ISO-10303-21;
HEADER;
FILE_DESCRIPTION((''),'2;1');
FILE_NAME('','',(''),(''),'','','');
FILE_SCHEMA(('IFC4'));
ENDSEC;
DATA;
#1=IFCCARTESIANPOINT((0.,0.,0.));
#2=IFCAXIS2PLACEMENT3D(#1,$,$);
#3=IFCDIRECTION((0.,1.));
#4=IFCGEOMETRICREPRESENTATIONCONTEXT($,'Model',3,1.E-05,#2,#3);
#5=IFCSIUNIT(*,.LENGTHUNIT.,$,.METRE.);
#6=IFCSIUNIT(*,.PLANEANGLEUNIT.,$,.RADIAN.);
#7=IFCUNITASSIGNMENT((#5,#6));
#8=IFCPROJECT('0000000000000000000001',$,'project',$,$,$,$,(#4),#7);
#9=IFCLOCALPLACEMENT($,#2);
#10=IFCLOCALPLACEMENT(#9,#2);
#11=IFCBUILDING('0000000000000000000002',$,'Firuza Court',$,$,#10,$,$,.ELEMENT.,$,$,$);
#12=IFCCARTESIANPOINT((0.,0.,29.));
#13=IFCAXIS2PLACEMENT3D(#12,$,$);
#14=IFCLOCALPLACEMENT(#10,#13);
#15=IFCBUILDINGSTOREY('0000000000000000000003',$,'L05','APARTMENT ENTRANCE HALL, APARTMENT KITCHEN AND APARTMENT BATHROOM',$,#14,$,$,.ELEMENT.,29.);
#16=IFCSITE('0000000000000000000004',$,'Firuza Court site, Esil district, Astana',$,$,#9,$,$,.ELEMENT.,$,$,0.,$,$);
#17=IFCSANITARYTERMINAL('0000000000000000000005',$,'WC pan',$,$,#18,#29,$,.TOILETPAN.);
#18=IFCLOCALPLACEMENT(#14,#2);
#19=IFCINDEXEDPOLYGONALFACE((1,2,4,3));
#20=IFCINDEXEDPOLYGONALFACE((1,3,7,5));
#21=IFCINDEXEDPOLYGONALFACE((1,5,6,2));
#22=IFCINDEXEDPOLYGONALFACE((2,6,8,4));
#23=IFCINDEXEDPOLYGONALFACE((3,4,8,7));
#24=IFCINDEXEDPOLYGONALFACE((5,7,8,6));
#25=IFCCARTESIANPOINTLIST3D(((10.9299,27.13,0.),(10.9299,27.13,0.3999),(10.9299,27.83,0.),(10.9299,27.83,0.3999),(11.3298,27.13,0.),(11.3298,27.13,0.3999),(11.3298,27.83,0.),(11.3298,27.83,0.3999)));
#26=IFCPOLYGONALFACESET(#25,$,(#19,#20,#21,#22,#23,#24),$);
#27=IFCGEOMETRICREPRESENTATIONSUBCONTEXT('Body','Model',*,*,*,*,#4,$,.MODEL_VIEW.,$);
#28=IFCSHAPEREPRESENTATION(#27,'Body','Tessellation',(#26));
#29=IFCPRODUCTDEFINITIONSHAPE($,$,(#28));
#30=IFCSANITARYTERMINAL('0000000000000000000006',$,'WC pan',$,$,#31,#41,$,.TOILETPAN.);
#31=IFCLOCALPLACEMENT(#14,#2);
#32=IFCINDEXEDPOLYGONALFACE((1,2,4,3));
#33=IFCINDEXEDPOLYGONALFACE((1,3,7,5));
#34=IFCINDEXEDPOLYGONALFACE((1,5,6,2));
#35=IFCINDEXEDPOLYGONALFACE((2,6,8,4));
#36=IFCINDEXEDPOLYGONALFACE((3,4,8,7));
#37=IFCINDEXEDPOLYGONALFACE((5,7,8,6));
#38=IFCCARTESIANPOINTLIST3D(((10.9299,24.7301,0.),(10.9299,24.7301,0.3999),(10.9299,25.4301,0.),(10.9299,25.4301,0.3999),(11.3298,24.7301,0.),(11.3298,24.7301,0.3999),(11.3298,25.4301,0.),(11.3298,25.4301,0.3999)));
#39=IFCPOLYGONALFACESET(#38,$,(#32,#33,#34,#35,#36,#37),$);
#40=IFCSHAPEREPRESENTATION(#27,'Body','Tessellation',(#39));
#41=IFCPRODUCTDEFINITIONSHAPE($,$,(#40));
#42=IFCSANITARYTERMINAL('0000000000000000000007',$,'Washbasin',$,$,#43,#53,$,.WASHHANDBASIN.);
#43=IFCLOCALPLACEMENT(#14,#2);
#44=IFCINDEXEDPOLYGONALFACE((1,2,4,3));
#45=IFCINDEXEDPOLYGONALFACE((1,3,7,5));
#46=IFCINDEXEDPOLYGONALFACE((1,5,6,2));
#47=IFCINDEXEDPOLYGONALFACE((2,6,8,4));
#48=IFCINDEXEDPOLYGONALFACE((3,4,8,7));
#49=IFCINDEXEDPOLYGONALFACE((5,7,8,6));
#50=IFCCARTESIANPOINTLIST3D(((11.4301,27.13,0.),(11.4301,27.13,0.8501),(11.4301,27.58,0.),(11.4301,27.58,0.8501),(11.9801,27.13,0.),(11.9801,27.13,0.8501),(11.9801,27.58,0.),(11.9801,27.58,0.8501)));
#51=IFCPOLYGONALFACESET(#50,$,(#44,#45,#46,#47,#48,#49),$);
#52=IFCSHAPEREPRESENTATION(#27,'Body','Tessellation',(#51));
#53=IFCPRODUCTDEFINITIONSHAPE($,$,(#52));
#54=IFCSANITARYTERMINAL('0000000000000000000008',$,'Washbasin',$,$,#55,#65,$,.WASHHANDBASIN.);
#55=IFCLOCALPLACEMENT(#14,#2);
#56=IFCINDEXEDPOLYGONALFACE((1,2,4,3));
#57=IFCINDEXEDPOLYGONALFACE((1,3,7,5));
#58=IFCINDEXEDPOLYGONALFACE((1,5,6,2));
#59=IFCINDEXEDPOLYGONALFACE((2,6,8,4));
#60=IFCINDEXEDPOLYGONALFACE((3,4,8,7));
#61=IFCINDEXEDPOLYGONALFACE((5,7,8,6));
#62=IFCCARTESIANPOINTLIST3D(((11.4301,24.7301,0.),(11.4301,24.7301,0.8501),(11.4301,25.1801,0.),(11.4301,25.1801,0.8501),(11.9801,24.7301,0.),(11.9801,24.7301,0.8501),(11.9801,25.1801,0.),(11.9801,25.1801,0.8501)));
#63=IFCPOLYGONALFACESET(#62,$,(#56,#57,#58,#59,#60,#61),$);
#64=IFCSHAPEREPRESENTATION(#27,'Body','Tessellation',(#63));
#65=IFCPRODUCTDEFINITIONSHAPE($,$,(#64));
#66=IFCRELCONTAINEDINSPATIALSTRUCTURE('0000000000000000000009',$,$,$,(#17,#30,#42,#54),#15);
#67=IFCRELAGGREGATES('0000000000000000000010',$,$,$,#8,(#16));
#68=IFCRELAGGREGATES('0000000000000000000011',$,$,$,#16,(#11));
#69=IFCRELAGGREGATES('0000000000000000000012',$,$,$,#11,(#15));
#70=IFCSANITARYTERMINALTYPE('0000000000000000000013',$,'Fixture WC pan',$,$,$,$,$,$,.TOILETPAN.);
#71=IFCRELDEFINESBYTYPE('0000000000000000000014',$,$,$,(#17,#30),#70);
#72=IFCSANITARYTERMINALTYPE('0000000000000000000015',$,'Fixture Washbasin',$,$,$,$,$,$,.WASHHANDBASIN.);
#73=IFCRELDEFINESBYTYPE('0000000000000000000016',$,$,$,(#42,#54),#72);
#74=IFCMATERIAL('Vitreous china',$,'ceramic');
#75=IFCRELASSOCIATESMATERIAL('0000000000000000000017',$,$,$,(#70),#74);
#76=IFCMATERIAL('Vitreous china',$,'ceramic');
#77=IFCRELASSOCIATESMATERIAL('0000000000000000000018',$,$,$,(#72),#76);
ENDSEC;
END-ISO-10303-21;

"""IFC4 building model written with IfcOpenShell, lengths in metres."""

from ifc_helpers import new_model, si_unit, direction, frame, origin, origin_2d, place, context, subcontext, project, spatial, rectangle, extrude, material, type_object, element, save


model = new_model("IFC4")

# Units and contexts
model_context = context("Model", 3, precision=1e-05, world=origin(), true_north=direction((0.0, 1.0)))
body_context = subcontext(model_context, "Body", "Model", "MODEL_VIEW")
ifc_project = project(units=[si_unit("LENGTHUNIT", "METRE"), si_unit("PLANEANGLEUNIT", "RADIAN")], contexts=[model_context])

# Site, building, storey
site_placement = place(None, origin())
site = spatial("IfcSite", under=ifc_project, at=site_placement, Name="Firuza Court site, Esil district, Astana", CompositionType="ELEMENT", RefElevation=0.0)
building_placement = place(site_placement, origin())
building = spatial("IfcBuilding", under=site, at=building_placement, Name="Firuza Court", CompositionType="ELEMENT")
storey_placement = place(building_placement, frame((0.0, 0.0, 29.0)))
storey = spatial("IfcBuildingStorey", under=building, at=storey_placement, Name="L05", Description="APARTMENT ENTRANCE HALL, APARTMENT KITCHEN AND APARTMENT BATHROOM", CompositionType="ELEMENT", Elevation=29.0)

# Sanitary terminals
ifc_material_1 = material(Name="Vitreous china", Category="ceramic")
sanitary_terminal_type_1 = type_object("IfcSanitaryTerminalType", Name="Fixture WC pan", PredefinedType="TOILETPAN", material=ifc_material_1)
for number, where, z_axis, x_axis, name in (
    (1, (11.1299, 27.48, 0.0), (0.0, 0.0, 1.0), (1.0, 0.0, 0.0), "WC pan"),
    (2, (11.1299, 25.0801, 0.0), (0.0, 0.0, 1.0), (1.0, 0.0, 0.0), "WC pan"),
):
    element("IfcSanitaryTerminal", number, at=place(storey_placement, frame(where, z_axis=z_axis, x_axis=x_axis)), inside=storey, type_object=sanitary_terminal_type_1, Name=name, PredefinedType="TOILETPAN", context=body_context, shape_type="SweptSolid", body=[
        extrude(rectangle(XDim=0.3999, YDim=0.7, at=origin_2d()), origin(), (0.0, 0.0, 1.0), 0.3999),
    ])
ifc_material_2 = material(Name="Vitreous china", Category="ceramic")
sanitary_terminal_type_2 = type_object("IfcSanitaryTerminalType", Name="Fixture Washbasin", PredefinedType="WASHHANDBASIN", material=ifc_material_2)
for number, where, z_axis, x_axis, name in (
    (3, (11.7051, 27.355, 0.0), (0.0, 0.0, 1.0), (1.0, 0.0, 0.0), "Washbasin"),
    (4, (11.7051, 24.9551, 0.0), (0.0, 0.0, 1.0), (1.0, 0.0, 0.0), "Washbasin"),
):
    element("IfcSanitaryTerminal", number, at=place(storey_placement, frame(where, z_axis=z_axis, x_axis=x_axis)), inside=storey, type_object=sanitary_terminal_type_2, Name=name, PredefinedType="WASHHANDBASIN", context=body_context, shape_type="SweptSolid", body=[
        extrude(rectangle(XDim=0.55, YDim=0.45, at=origin_2d()), origin(), (0.0, 0.0, 1.0), 0.8501),
    ])

save(model, "model.ifc")
